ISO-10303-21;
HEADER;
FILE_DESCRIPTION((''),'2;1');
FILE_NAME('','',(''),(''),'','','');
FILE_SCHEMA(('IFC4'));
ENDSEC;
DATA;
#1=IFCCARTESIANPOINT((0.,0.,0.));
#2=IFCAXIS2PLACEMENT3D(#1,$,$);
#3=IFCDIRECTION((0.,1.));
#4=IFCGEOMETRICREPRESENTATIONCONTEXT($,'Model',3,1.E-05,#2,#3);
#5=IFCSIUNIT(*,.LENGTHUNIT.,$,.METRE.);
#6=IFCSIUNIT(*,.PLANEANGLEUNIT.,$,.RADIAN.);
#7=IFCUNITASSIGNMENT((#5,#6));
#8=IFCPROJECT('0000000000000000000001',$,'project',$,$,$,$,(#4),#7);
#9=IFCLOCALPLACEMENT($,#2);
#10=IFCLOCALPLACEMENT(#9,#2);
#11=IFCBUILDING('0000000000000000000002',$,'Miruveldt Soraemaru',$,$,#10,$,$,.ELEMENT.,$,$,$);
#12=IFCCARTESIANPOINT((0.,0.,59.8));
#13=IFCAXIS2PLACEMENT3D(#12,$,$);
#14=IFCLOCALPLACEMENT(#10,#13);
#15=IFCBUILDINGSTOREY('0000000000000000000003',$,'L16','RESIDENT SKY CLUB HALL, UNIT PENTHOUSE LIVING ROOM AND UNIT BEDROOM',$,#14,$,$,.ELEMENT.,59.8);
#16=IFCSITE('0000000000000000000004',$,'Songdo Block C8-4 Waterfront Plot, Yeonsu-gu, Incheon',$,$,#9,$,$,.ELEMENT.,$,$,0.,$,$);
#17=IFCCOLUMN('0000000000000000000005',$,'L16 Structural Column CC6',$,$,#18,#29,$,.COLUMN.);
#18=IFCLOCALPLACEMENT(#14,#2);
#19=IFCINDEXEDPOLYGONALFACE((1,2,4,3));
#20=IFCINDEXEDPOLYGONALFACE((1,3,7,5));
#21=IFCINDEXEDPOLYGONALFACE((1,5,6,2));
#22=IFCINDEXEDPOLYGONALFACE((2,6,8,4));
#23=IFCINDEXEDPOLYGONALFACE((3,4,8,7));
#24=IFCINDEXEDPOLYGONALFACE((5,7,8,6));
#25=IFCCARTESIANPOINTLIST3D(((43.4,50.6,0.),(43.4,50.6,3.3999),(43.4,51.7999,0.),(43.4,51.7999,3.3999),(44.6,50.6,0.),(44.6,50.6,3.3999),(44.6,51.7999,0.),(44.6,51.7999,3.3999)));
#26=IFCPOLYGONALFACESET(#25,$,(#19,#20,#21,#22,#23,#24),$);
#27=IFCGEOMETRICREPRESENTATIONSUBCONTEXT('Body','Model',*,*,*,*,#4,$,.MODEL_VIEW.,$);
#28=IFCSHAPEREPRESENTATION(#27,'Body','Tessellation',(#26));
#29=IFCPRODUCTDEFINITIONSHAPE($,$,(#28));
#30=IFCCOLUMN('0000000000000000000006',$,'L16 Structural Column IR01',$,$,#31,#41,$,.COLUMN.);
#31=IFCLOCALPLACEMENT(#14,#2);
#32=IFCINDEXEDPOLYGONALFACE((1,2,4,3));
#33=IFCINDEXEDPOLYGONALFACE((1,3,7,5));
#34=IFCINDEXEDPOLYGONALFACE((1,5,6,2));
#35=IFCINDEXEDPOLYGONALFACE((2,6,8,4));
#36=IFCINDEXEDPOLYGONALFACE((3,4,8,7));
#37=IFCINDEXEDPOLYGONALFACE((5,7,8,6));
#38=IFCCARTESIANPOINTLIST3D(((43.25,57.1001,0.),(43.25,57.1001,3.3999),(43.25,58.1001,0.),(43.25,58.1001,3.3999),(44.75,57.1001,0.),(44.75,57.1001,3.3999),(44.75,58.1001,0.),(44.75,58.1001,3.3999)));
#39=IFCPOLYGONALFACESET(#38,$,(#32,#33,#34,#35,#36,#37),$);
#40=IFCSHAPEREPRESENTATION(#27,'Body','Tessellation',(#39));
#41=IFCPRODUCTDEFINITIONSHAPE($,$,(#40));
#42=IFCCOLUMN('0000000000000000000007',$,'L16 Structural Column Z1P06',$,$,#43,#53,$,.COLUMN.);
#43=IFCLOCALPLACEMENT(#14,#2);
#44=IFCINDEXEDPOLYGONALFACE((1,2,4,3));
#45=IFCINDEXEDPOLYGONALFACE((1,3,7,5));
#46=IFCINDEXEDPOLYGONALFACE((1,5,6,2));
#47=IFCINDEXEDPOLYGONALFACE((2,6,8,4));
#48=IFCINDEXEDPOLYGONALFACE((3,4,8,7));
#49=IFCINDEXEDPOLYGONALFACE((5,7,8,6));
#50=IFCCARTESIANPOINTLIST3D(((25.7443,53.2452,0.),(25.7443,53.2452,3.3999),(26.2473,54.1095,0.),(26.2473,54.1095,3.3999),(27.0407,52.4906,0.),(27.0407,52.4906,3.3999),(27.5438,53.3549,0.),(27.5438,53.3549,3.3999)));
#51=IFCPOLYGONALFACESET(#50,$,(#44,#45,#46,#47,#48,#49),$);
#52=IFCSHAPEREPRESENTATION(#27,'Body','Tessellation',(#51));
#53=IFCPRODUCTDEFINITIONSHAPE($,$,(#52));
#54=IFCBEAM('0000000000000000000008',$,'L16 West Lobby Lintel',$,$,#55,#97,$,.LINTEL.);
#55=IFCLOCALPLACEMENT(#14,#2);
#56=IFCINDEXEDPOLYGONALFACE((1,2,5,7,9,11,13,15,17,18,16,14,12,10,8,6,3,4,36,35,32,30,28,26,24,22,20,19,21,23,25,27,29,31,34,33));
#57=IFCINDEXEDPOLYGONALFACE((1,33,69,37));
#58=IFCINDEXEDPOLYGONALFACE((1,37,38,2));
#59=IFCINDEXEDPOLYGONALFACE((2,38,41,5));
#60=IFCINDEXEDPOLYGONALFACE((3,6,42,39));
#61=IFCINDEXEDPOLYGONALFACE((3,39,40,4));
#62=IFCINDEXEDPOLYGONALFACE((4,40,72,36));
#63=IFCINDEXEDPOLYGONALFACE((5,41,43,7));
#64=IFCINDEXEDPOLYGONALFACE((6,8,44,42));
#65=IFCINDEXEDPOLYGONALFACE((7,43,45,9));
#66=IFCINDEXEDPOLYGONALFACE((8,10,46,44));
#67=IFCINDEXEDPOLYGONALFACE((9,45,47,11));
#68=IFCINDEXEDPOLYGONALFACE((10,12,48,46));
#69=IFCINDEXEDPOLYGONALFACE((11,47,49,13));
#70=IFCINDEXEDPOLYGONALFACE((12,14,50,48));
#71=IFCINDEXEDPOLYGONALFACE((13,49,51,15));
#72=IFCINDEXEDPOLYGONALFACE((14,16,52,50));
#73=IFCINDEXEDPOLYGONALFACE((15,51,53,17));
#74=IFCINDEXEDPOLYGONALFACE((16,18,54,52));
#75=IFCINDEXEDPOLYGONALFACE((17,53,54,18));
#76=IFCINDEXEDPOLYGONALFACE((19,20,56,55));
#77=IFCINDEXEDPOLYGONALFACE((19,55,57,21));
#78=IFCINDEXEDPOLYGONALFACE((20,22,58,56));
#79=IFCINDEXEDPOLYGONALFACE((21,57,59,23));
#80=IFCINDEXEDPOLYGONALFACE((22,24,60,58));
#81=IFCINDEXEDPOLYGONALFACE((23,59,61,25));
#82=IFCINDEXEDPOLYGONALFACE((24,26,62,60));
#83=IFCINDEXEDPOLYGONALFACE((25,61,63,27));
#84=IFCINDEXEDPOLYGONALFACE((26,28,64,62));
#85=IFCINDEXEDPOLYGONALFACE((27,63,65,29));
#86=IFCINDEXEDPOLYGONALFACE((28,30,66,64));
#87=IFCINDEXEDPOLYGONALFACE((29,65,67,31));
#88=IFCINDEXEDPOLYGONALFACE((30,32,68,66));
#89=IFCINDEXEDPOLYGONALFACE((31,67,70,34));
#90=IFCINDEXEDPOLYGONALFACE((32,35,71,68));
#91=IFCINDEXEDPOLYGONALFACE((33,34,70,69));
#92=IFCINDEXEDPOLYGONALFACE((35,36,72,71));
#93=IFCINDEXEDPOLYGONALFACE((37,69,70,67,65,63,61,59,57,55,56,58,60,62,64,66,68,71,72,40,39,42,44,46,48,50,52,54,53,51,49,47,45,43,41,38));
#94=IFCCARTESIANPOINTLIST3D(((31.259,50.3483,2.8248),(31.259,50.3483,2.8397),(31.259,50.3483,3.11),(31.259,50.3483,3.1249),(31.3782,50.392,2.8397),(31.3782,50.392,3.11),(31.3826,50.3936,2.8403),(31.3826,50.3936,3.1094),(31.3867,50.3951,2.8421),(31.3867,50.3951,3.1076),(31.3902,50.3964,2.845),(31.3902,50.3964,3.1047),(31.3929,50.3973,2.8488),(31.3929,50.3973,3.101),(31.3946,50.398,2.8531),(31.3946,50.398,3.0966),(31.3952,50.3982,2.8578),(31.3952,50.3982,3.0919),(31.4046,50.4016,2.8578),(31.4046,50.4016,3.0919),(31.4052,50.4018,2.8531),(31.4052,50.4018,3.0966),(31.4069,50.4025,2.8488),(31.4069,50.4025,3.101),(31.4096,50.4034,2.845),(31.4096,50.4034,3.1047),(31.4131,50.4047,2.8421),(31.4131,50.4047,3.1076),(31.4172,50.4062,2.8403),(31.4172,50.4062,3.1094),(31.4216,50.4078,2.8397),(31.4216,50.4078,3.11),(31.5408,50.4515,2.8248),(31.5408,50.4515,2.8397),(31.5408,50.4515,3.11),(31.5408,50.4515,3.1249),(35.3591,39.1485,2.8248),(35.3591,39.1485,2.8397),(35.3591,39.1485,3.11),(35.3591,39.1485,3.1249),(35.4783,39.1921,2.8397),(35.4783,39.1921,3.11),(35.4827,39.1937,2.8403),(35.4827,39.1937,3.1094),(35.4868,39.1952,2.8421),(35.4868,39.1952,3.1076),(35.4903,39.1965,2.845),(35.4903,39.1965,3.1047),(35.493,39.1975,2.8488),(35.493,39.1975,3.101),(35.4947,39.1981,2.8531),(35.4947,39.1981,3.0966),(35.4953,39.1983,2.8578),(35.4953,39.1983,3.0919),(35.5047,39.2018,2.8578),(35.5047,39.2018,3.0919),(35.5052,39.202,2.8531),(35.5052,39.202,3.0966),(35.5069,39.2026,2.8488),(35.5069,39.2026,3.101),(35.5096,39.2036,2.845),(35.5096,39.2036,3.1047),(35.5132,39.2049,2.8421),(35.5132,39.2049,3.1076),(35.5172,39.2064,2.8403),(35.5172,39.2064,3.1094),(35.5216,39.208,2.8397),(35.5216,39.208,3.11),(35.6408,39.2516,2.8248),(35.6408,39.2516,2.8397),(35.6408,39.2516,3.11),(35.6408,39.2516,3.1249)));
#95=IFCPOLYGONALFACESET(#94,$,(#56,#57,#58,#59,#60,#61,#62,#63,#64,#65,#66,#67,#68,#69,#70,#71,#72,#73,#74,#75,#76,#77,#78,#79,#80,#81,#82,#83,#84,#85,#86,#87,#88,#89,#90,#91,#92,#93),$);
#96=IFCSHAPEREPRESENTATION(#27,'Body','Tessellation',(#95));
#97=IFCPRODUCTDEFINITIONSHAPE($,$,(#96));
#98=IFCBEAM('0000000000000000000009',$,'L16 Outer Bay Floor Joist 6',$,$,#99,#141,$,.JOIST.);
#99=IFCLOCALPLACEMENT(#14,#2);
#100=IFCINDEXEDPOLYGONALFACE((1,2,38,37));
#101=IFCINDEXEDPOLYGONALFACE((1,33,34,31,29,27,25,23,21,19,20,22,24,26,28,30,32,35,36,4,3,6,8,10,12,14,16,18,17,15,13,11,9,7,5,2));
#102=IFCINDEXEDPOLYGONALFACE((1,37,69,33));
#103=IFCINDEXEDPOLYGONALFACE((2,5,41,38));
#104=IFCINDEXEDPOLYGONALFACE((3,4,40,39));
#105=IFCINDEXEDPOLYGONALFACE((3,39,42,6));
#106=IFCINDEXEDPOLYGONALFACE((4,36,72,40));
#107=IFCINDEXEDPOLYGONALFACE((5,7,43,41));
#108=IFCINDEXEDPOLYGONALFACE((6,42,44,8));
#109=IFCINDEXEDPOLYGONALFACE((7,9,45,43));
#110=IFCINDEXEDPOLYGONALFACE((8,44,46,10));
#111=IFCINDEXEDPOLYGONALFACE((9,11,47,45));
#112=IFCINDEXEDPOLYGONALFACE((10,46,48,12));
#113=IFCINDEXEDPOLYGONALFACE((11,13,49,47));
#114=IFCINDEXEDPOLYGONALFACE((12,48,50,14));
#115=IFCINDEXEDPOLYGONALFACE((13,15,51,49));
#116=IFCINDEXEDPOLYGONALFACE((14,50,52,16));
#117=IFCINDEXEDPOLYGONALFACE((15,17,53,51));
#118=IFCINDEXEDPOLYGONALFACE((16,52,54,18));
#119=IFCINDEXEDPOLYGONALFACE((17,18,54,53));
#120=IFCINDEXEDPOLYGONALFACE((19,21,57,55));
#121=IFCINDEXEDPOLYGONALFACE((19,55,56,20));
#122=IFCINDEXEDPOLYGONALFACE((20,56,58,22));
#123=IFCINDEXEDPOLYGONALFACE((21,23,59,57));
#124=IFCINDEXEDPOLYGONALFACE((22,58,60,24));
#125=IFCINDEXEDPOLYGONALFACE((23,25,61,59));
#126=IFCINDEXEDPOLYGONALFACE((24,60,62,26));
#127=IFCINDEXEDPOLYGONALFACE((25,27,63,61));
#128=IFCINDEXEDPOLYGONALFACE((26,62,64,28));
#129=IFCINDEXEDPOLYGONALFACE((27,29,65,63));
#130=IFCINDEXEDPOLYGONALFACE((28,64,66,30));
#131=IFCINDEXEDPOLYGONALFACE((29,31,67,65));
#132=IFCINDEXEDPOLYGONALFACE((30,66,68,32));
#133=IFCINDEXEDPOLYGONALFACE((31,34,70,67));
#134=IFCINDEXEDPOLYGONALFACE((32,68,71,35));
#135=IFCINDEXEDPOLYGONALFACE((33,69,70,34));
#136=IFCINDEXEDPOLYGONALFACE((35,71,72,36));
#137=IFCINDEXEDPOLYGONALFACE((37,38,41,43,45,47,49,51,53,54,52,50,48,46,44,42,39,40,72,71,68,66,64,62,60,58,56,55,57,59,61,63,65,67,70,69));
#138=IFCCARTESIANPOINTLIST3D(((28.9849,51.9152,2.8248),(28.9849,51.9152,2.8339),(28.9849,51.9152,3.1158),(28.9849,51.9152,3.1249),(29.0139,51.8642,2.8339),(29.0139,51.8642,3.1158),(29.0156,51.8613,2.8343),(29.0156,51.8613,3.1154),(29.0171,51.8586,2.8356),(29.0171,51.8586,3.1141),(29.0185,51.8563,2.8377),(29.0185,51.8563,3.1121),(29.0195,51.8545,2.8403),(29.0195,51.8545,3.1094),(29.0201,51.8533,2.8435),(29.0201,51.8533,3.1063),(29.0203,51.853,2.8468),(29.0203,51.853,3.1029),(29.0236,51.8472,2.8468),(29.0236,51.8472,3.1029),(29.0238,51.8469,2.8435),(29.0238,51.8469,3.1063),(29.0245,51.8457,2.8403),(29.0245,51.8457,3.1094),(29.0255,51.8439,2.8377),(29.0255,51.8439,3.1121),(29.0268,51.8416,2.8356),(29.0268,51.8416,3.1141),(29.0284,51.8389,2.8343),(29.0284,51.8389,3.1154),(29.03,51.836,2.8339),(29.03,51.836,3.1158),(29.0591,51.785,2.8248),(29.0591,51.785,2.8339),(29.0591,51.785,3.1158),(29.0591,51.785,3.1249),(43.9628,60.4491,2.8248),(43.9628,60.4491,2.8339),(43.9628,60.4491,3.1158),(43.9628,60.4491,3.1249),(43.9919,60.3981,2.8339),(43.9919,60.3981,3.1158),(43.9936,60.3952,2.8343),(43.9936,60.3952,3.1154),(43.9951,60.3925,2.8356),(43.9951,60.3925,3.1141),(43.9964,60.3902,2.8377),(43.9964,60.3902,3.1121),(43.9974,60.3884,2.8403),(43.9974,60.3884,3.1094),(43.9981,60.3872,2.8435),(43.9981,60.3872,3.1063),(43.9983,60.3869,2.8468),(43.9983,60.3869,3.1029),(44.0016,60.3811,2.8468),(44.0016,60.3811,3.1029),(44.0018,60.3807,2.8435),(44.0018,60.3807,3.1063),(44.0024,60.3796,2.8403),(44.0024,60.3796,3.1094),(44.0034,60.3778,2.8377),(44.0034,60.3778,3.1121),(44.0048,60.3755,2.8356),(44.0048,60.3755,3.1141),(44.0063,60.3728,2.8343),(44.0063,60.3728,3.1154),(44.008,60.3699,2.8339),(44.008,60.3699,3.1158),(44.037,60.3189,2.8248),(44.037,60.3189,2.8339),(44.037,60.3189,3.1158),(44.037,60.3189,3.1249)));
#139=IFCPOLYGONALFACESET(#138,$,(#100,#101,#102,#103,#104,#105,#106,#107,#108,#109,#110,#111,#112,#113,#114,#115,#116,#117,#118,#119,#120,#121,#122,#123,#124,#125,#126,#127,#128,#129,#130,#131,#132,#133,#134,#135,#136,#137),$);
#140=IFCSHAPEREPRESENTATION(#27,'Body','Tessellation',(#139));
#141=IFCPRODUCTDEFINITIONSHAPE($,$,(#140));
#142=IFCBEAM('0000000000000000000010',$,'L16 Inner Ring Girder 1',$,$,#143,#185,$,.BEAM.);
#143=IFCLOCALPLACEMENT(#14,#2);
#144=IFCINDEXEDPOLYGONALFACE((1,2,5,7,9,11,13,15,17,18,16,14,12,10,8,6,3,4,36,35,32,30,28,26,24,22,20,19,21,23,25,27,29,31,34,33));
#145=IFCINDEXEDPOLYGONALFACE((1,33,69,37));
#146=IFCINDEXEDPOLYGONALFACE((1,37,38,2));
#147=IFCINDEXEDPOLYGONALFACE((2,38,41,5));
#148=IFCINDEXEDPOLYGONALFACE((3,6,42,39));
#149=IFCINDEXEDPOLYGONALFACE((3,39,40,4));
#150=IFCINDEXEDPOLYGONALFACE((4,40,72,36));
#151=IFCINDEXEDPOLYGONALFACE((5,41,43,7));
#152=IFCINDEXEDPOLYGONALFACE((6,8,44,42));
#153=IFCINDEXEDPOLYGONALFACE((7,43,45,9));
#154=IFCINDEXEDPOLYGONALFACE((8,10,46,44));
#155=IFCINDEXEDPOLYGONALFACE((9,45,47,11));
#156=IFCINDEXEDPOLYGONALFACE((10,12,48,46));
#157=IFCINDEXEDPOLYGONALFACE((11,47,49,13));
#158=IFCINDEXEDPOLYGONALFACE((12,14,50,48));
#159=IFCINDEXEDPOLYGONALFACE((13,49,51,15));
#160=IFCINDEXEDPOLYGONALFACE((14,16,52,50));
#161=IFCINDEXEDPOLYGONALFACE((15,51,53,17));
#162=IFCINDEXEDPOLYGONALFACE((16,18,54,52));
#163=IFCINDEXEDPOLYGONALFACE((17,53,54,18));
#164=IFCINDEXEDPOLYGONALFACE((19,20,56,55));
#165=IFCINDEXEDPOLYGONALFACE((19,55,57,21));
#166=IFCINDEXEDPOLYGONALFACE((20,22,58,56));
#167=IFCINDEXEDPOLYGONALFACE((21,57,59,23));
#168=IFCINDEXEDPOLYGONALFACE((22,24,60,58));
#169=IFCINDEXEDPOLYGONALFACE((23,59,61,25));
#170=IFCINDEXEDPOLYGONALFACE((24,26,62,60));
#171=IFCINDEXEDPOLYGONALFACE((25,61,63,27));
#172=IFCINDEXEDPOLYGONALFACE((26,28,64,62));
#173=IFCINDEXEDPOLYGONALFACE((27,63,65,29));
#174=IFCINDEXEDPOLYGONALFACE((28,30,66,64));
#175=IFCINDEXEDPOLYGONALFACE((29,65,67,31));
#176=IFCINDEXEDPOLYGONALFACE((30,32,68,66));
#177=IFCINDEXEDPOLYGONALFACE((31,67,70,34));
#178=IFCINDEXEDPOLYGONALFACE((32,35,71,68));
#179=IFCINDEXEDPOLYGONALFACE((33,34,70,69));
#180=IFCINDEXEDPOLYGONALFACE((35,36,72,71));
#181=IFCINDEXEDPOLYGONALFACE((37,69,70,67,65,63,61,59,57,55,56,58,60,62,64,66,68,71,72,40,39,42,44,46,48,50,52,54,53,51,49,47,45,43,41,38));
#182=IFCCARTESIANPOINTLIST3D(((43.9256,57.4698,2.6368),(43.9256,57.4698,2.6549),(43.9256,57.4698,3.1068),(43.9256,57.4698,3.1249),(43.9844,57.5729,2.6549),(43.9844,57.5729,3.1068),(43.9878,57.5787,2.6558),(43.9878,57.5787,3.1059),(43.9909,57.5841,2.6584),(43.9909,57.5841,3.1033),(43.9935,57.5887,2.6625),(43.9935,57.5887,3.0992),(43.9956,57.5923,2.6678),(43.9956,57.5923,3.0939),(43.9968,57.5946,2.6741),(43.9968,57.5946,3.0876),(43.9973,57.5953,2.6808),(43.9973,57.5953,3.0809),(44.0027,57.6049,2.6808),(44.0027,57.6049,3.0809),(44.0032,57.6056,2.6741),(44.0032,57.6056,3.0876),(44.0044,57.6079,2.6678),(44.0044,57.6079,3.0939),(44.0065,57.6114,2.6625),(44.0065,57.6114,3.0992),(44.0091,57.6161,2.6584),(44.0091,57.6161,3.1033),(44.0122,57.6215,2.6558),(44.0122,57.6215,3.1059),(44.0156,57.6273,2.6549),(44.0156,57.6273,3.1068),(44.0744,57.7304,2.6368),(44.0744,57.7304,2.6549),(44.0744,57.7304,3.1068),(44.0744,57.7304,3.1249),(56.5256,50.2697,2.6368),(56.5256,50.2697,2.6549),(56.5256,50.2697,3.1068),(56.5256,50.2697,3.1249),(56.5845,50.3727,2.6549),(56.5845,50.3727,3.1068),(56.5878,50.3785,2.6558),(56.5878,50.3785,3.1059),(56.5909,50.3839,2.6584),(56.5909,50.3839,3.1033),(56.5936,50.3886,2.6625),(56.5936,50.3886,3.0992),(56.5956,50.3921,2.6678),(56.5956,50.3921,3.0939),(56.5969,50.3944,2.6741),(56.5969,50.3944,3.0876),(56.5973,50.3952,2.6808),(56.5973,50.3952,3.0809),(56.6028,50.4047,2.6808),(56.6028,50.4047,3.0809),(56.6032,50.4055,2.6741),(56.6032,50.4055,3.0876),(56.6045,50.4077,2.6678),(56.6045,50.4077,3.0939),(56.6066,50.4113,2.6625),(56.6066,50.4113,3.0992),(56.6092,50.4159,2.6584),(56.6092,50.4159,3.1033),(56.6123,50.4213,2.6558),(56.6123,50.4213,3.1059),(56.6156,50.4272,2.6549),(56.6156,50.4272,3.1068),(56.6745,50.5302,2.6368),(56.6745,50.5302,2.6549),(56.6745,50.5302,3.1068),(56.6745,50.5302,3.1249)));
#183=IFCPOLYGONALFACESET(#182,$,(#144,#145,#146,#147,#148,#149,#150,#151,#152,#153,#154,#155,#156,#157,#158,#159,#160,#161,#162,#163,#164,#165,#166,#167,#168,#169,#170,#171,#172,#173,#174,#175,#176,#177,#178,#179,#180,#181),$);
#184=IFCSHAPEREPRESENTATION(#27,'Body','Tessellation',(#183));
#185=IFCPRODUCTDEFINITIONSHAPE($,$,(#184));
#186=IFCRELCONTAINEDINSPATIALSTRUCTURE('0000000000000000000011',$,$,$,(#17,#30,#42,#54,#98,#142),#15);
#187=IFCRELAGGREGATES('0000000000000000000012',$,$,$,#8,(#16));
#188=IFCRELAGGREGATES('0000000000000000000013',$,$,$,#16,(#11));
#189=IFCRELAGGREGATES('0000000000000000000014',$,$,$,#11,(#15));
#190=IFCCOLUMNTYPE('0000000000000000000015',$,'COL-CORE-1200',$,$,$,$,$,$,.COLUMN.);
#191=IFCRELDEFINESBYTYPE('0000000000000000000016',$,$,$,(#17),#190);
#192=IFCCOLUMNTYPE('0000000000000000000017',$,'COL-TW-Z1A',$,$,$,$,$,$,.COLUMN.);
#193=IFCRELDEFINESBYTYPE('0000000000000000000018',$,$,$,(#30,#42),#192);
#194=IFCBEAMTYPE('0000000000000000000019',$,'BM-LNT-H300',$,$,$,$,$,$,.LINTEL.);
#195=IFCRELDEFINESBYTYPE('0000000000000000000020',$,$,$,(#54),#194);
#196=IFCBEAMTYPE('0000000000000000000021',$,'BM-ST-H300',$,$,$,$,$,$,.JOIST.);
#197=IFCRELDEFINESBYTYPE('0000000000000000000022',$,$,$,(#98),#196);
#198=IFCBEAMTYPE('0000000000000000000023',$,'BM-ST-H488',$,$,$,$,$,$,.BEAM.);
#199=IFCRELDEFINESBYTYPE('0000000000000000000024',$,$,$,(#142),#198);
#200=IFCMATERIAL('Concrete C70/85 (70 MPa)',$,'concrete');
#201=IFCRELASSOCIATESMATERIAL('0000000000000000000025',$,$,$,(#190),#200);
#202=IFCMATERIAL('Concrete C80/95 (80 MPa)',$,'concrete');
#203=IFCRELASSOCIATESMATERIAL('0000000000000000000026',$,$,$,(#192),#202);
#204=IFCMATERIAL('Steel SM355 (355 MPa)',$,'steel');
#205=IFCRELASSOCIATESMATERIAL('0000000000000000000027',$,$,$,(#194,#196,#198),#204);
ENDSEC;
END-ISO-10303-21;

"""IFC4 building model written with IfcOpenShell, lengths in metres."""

from ifc_helpers import new_model, si_unit, direction, frame, origin, origin_2d, place, context, subcontext, project, spatial, rectangle, i_section, extrude, material, material_profile, profile_set, type_object, element, save


model = new_model("IFC4")

# Units and contexts
model_context = context("Model", 3, precision=1e-05, world=origin(), true_north=direction((0.0, 1.0)))
body_context = subcontext(model_context, "Body", "Model", "MODEL_VIEW")
ifc_project = project(units=[si_unit("LENGTHUNIT", "METRE"), si_unit("PLANEANGLEUNIT", "RADIAN")], contexts=[model_context])

# Site, building, storey
site_placement = place(None, origin())
site = spatial("IfcSite", under=ifc_project, at=site_placement, Name="Songdo Block C8-4 Waterfront Plot, Yeonsu-gu, Incheon", CompositionType="ELEMENT", RefElevation=0.0)
building_placement = place(site_placement, origin())
building = spatial("IfcBuilding", under=site, at=building_placement, Name="Miruveldt Soraemaru", CompositionType="ELEMENT")
storey_placement = place(building_placement, frame((0.0, 0.0, 59.8)))
storey = spatial("IfcBuildingStorey", under=building, at=storey_placement, Name="L16", Description="RESIDENT SKY CLUB HALL, UNIT PENTHOUSE LIVING ROOM AND UNIT BEDROOM", CompositionType="ELEMENT", Elevation=59.8)

# Columns
ifc_material_1 = material(Name="Concrete C70/85 (70 MPa)", Category="concrete")
ifc_material_profile_1 = material_profile(ifc_material_1, rectangle(XDim=1.2, YDim=1.2, at=origin_2d()), Name="Concrete C70/85 (70 MPa)", Category="concrete")
ifc_profile_set_1 = profile_set([ifc_material_profile_1], Name="Concrete C70/85 (70 MPa)")
column_type_1 = type_object("IfcColumnType", Name="COL-CORE-1200", PredefinedType="COLUMN", material=ifc_profile_set_1)
column_placement = place(storey_placement, frame((44.0, 51.2, 0.0), z_axis=(0.0, 0.0, 1.0), x_axis=(1.0, 0.0, 0.0)))
element("IfcColumn", 1, at=column_placement, inside=storey, type_object=column_type_1, Name="L16 Structural Column CC6", PredefinedType="COLUMN", context=body_context, shape_type="SweptSolid", body=[
    extrude(rectangle(XDim=1.2, YDim=1.2, at=origin_2d()), origin(), (0.0, 0.0, 1.0), 3.3999),
])
ifc_material_2 = material(Name="Concrete C80/95 (80 MPa)", Category="concrete")
ifc_material_profile_2 = material_profile(ifc_material_2, rectangle(XDim=1.5, YDim=1.0, at=origin_2d()), Name="Concrete C80/95 (80 MPa)", Category="concrete")
ifc_profile_set_2 = profile_set([ifc_material_profile_2], Name="Concrete C80/95 (80 MPa)")
column_type_2 = type_object("IfcColumnType", Name="COL-TW-Z1A", PredefinedType="COLUMN", material=ifc_profile_set_2)
for number, where, z_axis, x_axis, name in (
    (2, (44.0, 57.6001, 0.0), (0.0, 0.0, 1.0), (1.0, 0.0, 0.0), "L16 Structural Column IR01"),
    (3, (26.644, 53.3, 0.0), (0.0, 0.0, 1.0), (-0.864275, 0.50302, 0.0), "L16 Structural Column Z1P06"),
):
    element("IfcColumn", number, at=place(storey_placement, frame(where, z_axis=z_axis, x_axis=x_axis)), inside=storey, type_object=column_type_2, Name=name, PredefinedType="COLUMN", context=body_context, shape_type="SweptSolid", body=[
        extrude(rectangle(XDim=1.5, YDim=1.0, at=origin_2d()), origin(), (0.0, 0.0, 1.0), 3.3999),
    ])

# Beams
ifc_material_3 = material(Name="Steel SM355 (355 MPa)", Category="steel")
ifc_material_profile_3 = material_profile(ifc_material_3, i_section(OverallWidth=0.3, OverallDepth=0.3, WebThickness=0.01, FlangeThickness=0.0149, FilletRadius=0.0181, at=origin_2d()), Name="Steel SM355 (355 MPa)", Category="steel")
ifc_profile_set_3 = profile_set([ifc_material_profile_3], Name="Steel SM355 (355 MPa)")
beam_type_1 = type_object("IfcBeamType", Name="BM-LNT-H300", PredefinedType="LINTEL", material=ifc_profile_set_3)
beam_1_placement = place(storey_placement, frame((31.3999, 50.3999, 2.9749), z_axis=(0.34377, -0.939054, 0.0), x_axis=(0.939054, 0.34377, 0.0)))
element("IfcBeam", 4, at=beam_1_placement, inside=storey, type_object=beam_type_1, Name="L16 West Lobby Lintel", PredefinedType="LINTEL", context=body_context, shape_type="SweptSolid", body=[
    extrude(i_section(OverallWidth=0.3, OverallDepth=0.3, WebThickness=0.01, FlangeThickness=0.0149, FilletRadius=0.0181, at=origin_2d()), origin(), (0.0, 0.0, 1.0), 11.9268),
])
ifc_material_profile_4 = material_profile(ifc_material_3, i_section(OverallWidth=0.1499, OverallDepth=0.3, WebThickness=0.0066, FlangeThickness=0.009, FilletRadius=0.0129, at=origin_2d()), Name="Steel SM355 (355 MPa)", Category="steel")
ifc_profile_set_4 = profile_set([ifc_material_profile_4], Name="Steel SM355 (355 MPa)")
beam_type_2 = type_object("IfcBeamType", Name="BM-ST-H300", PredefinedType="JOIST", material=ifc_profile_set_4)
beam_2_placement = place(storey_placement, frame((29.022, 51.8501, 2.9749), z_axis=(0.868866, 0.495048, 0.0), x_axis=(-0.495048, 0.868866, 0.0)))
element("IfcBeam", 5, at=beam_2_placement, inside=storey, type_object=beam_type_2, Name="L16 Outer Bay Floor Joist 6", PredefinedType="JOIST", context=body_context, shape_type="SweptSolid", body=[
    extrude(i_section(OverallWidth=0.1499, OverallDepth=0.3, WebThickness=0.0066, FlangeThickness=0.009, FilletRadius=0.0129, at=origin_2d()), origin(), (0.0, 0.0, 1.0), 17.2385),
])
ifc_material_profile_5 = material_profile(ifc_material_3, i_section(OverallWidth=0.3, OverallDepth=0.488, WebThickness=0.011, FlangeThickness=0.0181, FilletRadius=0.0259, at=origin_2d()), Name="Steel SM355 (355 MPa)", Category="steel")
ifc_profile_set_5 = profile_set([ifc_material_profile_5], Name="Steel SM355 (355 MPa)")
beam_type_3 = type_object("IfcBeamType", Name="BM-ST-H488", PredefinedType="BEAM", material=ifc_profile_set_5)
beam_3_placement = place(storey_placement, frame((44.0, 57.6001, 2.8809), z_axis=(0.868239, -0.496146, 0.0), x_axis=(0.496146, 0.868239, 0.0)))
element("IfcBeam", 6, at=beam_3_placement, inside=storey, type_object=beam_type_3, Name="L16 Inner Ring Girder 1", PredefinedType="BEAM", context=body_context, shape_type="SweptSolid", body=[
    extrude(i_section(OverallWidth=0.3, OverallDepth=0.488, WebThickness=0.011, FlangeThickness=0.0181, FilletRadius=0.0259, at=origin_2d()), origin(), (0.0, 0.0, 1.0), 14.5122),
])

save(model, "model.ifc")
